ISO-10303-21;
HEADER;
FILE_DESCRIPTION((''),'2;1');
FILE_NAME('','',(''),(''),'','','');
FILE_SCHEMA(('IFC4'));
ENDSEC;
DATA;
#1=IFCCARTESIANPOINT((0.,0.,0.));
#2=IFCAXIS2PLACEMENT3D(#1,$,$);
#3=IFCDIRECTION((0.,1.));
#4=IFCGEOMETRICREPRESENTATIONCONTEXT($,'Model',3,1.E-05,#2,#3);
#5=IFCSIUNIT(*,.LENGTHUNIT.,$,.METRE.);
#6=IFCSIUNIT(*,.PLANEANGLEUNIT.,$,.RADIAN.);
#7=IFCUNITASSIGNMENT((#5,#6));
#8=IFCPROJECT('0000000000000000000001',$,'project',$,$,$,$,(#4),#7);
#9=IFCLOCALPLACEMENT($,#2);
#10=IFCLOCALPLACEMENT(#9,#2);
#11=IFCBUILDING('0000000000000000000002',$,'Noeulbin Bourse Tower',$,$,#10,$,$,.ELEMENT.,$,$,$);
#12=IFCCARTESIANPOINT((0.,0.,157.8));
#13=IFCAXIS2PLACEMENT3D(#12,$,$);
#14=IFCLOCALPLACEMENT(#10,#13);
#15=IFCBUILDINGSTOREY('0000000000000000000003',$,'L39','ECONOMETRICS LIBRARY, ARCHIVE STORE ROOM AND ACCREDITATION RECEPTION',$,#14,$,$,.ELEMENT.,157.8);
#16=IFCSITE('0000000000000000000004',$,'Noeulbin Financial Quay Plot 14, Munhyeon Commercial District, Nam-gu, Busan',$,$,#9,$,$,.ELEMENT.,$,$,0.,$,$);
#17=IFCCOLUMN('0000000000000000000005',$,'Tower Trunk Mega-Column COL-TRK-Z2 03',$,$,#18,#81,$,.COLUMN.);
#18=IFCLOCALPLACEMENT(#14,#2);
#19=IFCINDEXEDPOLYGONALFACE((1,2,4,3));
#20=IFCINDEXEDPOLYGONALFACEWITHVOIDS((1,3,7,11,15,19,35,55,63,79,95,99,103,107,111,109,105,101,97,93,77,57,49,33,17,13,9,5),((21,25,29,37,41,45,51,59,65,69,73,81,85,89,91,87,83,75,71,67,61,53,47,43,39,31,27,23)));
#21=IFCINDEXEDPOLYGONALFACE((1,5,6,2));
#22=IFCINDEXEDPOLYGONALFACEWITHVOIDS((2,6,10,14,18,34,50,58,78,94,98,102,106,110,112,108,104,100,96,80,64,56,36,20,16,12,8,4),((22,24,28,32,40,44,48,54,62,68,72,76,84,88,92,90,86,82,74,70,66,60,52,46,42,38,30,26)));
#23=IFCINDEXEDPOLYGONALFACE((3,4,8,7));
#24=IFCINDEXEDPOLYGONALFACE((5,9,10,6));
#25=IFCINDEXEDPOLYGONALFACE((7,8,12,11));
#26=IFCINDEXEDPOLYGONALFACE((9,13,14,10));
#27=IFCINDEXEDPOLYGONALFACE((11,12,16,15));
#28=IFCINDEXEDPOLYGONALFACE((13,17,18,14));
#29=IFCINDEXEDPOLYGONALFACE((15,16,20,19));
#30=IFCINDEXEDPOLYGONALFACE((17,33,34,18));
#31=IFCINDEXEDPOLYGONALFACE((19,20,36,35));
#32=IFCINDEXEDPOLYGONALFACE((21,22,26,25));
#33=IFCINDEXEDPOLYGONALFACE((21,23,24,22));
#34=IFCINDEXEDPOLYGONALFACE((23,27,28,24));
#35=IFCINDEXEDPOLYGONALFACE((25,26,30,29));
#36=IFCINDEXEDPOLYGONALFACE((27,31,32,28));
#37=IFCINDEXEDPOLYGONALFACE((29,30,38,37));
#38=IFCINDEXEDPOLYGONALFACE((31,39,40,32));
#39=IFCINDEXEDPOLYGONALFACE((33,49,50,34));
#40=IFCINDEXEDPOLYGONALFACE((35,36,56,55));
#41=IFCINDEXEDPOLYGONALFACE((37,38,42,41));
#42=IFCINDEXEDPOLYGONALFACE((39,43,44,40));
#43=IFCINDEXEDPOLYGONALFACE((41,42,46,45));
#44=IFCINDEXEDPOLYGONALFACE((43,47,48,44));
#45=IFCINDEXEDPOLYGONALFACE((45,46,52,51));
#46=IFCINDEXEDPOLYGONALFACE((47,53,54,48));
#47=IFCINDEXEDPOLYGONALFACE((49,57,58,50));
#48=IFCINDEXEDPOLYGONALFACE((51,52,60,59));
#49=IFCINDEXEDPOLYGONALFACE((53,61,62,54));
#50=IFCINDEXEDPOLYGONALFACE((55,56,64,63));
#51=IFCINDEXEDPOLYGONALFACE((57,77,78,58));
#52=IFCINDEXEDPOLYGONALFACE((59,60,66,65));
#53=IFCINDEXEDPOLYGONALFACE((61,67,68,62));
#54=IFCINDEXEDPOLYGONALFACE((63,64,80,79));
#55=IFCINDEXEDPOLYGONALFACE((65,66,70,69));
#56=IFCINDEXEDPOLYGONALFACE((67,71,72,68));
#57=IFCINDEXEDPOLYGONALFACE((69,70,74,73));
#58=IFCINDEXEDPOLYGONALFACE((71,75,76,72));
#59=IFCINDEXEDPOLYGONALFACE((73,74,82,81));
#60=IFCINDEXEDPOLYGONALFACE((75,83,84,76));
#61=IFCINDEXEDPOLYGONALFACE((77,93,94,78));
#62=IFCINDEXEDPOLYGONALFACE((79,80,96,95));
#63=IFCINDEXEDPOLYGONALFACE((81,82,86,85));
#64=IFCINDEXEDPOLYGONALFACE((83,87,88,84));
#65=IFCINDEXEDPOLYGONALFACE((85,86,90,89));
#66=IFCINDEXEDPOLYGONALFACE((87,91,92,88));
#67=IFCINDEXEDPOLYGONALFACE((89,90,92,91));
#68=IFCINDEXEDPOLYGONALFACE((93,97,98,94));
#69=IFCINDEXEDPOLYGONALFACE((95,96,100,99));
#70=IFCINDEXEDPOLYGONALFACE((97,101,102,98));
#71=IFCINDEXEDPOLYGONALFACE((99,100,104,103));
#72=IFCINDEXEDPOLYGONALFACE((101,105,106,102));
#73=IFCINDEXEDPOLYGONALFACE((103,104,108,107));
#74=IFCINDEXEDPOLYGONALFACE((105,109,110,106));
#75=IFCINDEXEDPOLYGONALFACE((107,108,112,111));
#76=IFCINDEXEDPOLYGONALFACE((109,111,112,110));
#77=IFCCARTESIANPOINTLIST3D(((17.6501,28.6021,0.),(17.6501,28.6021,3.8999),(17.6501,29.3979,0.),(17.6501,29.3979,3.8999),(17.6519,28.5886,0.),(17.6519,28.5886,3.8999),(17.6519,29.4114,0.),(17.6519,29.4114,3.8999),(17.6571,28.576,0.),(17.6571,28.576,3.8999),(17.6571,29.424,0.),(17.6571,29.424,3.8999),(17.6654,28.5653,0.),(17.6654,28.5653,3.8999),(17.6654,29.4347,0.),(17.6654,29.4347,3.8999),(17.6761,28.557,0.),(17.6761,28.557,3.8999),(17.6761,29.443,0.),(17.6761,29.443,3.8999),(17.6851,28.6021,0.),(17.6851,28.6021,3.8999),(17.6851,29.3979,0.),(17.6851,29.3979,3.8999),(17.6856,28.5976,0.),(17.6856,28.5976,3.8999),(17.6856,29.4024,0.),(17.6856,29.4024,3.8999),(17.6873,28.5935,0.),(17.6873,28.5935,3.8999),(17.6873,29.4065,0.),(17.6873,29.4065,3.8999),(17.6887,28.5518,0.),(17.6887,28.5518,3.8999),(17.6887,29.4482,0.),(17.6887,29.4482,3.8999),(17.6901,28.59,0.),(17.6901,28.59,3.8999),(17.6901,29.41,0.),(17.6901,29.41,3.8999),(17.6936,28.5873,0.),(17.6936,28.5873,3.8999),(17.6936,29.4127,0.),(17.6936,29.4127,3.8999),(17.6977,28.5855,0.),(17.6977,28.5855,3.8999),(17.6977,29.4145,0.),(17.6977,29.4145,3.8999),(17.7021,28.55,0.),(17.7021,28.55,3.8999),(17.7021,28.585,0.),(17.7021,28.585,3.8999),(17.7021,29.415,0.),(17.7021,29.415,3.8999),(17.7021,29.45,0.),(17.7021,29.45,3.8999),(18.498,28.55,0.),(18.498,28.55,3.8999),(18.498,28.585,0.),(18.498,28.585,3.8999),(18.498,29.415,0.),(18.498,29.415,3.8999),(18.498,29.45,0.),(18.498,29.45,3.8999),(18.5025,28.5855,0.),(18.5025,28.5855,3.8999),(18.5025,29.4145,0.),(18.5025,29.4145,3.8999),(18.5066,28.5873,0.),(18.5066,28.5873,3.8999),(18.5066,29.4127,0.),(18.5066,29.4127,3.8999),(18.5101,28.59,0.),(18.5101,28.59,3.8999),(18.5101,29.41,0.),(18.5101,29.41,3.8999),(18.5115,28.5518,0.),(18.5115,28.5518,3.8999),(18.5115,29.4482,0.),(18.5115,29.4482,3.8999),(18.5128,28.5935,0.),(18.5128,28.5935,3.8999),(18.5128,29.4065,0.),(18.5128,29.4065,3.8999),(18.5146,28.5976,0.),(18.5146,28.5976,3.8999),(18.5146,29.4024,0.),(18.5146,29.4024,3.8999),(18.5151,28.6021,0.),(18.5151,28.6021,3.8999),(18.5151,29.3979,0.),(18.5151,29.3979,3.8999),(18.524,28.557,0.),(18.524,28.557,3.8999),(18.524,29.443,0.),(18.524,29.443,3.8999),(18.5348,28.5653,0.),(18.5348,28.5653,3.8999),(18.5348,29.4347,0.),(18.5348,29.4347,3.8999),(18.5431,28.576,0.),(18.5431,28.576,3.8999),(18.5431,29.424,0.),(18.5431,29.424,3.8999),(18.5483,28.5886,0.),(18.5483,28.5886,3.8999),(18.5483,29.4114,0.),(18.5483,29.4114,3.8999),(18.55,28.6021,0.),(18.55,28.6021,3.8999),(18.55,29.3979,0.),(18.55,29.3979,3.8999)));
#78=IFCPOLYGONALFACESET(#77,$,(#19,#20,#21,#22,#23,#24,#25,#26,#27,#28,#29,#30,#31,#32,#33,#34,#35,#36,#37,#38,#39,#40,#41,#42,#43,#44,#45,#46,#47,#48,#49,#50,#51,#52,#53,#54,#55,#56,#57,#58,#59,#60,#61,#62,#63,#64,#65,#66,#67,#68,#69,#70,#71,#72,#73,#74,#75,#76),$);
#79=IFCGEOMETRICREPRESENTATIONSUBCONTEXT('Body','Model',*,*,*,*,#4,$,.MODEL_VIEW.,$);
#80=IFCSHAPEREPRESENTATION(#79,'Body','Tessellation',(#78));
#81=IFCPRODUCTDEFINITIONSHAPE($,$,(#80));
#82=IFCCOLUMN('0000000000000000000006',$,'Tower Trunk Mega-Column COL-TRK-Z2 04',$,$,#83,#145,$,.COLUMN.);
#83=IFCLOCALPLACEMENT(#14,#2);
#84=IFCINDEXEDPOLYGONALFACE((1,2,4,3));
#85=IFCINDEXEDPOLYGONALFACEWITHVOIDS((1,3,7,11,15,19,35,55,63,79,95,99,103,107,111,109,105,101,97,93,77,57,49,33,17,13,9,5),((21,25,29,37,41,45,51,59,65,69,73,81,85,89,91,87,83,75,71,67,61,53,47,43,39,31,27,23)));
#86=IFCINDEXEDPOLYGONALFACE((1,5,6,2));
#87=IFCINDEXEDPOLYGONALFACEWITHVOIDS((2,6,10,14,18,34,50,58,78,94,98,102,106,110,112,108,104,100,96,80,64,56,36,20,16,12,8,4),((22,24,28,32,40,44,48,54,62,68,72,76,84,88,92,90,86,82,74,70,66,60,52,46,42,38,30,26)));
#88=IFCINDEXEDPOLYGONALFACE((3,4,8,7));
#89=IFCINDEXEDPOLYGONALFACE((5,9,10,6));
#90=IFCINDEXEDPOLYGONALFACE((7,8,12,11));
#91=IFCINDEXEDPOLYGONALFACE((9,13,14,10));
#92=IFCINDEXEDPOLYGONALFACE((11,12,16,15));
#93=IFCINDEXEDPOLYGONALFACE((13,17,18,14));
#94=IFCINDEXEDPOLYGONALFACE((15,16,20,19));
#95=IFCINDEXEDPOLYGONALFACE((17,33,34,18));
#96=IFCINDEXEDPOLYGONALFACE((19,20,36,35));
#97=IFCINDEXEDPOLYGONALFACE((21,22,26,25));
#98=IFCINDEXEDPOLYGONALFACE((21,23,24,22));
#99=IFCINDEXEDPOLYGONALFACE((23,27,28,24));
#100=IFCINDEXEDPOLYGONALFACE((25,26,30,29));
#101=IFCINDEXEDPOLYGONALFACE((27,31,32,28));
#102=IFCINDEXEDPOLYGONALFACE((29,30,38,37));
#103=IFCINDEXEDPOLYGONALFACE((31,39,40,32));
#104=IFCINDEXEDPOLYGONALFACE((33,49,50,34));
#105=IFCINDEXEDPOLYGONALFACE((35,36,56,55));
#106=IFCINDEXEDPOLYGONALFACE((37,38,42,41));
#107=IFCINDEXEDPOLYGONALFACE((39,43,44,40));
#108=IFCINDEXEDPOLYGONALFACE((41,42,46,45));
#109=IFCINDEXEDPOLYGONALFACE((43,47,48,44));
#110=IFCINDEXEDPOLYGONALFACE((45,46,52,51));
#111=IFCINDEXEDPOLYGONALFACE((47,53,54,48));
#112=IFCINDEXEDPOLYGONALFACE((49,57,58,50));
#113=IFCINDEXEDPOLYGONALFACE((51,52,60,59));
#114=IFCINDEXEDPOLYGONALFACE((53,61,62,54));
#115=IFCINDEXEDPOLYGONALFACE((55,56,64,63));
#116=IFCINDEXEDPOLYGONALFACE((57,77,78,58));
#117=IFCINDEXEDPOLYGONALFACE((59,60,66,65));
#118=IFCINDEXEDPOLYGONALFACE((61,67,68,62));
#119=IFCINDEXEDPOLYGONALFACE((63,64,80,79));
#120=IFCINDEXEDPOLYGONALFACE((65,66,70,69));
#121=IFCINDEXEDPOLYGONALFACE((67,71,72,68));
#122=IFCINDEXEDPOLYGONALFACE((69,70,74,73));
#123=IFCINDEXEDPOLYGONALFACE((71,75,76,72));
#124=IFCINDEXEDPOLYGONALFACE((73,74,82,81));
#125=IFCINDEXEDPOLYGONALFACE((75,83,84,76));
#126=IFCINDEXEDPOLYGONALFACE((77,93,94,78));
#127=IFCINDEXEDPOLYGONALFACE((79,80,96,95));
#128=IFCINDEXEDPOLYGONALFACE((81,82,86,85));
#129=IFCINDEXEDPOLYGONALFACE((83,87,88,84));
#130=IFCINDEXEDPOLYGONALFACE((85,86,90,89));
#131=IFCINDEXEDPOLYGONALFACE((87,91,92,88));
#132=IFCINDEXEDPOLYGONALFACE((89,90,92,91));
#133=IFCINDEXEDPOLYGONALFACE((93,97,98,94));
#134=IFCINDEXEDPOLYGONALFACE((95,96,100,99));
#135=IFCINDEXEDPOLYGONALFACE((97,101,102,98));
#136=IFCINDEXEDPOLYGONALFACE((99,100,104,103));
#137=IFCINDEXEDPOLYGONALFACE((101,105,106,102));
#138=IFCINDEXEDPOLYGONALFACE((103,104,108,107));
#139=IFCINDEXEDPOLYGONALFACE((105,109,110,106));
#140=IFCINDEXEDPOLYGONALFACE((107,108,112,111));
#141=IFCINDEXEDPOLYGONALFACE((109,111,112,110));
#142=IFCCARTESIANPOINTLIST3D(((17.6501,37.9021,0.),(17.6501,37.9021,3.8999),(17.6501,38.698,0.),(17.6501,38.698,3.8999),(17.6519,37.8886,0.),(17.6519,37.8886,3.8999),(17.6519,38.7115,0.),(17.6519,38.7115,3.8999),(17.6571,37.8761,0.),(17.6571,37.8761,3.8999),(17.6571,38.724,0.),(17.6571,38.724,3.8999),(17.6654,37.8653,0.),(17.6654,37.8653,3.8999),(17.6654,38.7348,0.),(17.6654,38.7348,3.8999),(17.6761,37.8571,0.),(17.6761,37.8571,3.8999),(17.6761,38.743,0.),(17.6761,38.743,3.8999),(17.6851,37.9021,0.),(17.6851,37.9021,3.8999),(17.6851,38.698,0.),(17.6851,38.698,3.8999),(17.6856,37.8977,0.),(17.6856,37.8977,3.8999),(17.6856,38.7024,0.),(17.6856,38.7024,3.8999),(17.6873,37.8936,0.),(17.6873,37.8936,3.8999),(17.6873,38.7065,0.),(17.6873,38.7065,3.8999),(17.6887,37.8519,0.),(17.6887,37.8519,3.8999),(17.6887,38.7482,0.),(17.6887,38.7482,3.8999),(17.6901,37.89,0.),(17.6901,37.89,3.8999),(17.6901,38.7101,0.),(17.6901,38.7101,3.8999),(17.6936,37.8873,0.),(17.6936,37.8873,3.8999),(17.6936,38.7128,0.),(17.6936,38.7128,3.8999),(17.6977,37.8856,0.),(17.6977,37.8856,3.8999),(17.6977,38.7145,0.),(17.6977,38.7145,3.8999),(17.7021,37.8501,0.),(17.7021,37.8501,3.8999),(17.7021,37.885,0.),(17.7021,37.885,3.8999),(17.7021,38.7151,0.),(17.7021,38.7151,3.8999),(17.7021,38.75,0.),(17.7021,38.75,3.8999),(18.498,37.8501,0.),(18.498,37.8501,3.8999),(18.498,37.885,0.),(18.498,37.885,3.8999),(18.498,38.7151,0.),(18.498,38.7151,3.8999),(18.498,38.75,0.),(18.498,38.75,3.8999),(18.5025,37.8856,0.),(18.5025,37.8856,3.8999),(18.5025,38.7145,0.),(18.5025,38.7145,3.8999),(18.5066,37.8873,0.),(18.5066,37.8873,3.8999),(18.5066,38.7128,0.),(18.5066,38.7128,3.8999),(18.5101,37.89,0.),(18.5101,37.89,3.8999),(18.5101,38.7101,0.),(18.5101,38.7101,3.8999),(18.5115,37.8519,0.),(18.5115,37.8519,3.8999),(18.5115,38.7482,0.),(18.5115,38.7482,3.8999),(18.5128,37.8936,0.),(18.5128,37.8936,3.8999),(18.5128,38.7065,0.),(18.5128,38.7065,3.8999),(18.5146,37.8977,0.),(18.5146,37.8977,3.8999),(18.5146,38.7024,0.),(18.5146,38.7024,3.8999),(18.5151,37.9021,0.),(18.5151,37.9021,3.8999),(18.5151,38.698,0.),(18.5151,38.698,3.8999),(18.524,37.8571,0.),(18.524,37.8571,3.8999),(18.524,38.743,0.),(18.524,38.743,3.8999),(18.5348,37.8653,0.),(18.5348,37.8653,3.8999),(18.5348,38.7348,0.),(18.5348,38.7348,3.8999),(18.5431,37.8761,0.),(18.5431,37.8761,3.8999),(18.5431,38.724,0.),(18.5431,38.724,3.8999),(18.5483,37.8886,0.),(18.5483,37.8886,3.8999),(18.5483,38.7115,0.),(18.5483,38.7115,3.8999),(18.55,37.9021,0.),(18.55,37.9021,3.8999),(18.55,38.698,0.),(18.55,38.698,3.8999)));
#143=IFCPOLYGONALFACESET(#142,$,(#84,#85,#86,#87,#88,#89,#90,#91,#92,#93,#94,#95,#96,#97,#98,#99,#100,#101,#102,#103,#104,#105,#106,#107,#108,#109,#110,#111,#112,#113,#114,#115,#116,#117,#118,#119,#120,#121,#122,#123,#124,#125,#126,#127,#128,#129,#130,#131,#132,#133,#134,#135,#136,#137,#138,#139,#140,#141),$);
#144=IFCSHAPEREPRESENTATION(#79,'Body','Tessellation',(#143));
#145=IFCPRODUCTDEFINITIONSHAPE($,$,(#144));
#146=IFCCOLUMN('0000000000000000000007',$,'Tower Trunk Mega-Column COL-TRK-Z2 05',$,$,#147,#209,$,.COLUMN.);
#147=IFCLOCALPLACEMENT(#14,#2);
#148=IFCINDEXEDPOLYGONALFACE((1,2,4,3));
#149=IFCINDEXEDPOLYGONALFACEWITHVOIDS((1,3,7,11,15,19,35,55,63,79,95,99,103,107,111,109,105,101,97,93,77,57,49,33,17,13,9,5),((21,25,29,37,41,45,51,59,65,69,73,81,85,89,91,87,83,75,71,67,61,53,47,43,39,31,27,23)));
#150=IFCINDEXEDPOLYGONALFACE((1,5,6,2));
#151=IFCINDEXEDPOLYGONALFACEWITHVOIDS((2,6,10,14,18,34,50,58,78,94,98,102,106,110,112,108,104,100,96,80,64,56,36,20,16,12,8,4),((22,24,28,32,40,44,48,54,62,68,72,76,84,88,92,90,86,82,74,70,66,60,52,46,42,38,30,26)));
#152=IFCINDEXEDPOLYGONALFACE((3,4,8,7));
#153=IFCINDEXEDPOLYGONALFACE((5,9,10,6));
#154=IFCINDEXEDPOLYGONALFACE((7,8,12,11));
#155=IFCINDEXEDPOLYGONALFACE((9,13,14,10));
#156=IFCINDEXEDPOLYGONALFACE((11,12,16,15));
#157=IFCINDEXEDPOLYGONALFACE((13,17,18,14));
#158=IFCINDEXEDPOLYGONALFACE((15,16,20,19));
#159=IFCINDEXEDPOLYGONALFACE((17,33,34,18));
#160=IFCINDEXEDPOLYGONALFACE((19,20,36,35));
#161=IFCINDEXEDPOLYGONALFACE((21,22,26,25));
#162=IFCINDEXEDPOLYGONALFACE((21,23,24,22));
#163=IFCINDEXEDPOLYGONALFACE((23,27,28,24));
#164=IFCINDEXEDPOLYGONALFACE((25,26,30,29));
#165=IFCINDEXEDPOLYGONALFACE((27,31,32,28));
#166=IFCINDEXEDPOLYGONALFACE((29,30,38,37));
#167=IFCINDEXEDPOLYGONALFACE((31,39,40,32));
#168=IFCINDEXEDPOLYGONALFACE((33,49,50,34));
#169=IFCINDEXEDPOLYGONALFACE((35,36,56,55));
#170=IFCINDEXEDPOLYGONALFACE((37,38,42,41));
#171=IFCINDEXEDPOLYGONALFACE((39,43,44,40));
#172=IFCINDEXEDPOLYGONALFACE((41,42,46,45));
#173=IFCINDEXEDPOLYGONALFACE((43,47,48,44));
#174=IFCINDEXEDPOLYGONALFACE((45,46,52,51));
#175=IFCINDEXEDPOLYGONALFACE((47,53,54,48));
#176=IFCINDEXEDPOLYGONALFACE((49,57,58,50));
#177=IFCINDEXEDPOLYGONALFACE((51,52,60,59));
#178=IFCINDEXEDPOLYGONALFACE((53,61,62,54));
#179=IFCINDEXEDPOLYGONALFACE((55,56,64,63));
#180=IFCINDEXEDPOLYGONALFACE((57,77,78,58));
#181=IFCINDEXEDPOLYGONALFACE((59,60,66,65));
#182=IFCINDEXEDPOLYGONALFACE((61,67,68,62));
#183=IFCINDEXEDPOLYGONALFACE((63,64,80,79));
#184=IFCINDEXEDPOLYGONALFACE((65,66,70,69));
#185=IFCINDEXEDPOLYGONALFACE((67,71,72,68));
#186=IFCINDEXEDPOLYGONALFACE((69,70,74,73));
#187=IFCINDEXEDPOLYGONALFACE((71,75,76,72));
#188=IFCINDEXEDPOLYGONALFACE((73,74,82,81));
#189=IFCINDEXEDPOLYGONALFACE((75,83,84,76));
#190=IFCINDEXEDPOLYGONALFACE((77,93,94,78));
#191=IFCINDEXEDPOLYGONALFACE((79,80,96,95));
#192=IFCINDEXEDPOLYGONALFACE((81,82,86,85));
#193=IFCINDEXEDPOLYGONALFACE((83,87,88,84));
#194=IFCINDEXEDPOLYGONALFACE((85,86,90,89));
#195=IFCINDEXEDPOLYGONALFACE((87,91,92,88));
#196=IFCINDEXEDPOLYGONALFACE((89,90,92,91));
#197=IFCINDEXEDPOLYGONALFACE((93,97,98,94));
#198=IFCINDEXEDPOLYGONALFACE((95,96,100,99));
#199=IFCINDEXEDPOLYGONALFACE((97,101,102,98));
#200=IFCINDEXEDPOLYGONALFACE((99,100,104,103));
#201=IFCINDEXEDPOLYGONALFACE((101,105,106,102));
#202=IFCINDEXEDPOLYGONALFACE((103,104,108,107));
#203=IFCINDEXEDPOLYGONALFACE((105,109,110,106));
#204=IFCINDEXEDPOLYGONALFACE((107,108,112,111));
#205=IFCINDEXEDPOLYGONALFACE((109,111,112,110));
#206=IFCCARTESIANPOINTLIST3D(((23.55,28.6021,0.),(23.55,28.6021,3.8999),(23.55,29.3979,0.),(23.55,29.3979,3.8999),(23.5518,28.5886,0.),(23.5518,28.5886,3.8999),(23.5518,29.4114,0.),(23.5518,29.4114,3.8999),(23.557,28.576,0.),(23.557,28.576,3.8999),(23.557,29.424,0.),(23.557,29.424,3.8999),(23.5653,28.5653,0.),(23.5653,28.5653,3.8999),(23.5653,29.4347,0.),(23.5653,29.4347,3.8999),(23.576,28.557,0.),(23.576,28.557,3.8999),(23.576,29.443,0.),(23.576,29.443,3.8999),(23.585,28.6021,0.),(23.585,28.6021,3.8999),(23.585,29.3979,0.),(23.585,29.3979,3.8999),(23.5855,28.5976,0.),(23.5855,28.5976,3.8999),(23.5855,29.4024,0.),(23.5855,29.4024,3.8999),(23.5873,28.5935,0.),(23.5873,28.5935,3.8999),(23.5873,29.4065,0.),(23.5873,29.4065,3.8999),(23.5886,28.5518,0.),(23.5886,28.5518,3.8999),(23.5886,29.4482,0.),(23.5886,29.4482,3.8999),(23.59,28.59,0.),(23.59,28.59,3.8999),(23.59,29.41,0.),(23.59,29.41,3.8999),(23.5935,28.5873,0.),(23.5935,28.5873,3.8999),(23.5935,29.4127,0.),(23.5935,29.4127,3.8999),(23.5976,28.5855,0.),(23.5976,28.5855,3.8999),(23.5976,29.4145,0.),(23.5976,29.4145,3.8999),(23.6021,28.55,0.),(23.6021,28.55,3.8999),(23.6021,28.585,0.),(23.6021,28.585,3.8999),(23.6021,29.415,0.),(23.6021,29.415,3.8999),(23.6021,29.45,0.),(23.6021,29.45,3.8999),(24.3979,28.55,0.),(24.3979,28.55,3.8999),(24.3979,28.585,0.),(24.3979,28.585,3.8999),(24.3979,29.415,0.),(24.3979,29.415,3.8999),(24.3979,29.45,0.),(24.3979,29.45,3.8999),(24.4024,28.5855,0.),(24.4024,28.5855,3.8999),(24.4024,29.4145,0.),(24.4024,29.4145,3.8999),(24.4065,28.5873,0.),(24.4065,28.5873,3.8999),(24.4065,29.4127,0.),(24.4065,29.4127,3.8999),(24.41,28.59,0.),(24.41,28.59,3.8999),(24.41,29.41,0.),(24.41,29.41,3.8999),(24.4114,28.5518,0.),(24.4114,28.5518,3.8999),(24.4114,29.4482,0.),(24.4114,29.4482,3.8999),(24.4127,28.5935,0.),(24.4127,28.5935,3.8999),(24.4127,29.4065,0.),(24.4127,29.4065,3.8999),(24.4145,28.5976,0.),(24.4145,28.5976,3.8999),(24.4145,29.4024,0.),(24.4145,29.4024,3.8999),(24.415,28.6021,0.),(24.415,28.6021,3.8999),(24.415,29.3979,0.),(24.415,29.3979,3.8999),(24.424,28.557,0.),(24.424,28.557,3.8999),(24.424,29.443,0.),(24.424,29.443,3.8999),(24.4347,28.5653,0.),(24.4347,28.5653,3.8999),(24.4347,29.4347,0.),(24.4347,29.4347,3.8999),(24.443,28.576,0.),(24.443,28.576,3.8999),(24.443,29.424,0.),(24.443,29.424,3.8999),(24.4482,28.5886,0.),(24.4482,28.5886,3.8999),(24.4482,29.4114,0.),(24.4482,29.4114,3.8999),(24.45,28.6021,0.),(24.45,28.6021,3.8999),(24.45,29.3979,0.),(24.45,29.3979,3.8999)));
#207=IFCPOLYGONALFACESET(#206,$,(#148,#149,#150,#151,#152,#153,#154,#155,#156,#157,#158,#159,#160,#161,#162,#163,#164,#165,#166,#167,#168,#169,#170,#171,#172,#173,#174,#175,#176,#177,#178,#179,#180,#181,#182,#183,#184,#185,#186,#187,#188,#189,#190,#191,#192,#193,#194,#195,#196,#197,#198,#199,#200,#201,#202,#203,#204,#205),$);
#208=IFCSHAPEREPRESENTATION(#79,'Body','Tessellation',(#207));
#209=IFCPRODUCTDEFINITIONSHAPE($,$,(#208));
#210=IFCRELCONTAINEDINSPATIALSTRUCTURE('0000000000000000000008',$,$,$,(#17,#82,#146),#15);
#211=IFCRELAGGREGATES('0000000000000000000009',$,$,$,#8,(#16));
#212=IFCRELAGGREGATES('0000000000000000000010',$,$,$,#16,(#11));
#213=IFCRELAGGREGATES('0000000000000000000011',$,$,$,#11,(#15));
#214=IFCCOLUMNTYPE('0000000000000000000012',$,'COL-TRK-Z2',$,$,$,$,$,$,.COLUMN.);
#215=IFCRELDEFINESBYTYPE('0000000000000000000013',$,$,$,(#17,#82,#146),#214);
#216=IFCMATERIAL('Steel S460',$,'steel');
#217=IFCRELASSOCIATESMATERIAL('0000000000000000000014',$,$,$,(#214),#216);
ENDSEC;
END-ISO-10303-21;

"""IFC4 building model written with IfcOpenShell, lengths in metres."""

from ifc_helpers import new_model, si_unit, direction, frame, origin, origin_2d, place, context, subcontext, project, spatial, hollow_rectangle, extrude, material, material_profile, profile_set, type_object, element, save


model = new_model("IFC4")

# Units and contexts
model_context = context("Model", 3, precision=1e-05, world=origin(), true_north=direction((0.0, 1.0)))
body_context = subcontext(model_context, "Body", "Model", "MODEL_VIEW")
ifc_project = project(units=[si_unit("LENGTHUNIT", "METRE"), si_unit("PLANEANGLEUNIT", "RADIAN")], contexts=[model_context])

# Site, building, storey
site_placement = place(None, origin())
site = spatial("IfcSite", under=ifc_project, at=site_placement, Name="Noeulbin Financial Quay Plot 14, Munhyeon Commercial District, Nam-gu, Busan", CompositionType="ELEMENT", RefElevation=0.0)
building_placement = place(site_placement, origin())
building = spatial("IfcBuilding", under=site, at=building_placement, Name="Noeulbin Bourse Tower", CompositionType="ELEMENT")
storey_placement = place(building_placement, frame((0.0, 0.0, 157.8)))
storey = spatial("IfcBuildingStorey", under=building, at=storey_placement, Name="L39", Description="ECONOMETRICS LIBRARY, ARCHIVE STORE ROOM AND ACCREDITATION RECEPTION", CompositionType="ELEMENT", Elevation=157.8)

# Columns
ifc_material_1 = material(Name="Steel S460", Category="steel")
ifc_material_profile = material_profile(ifc_material_1, hollow_rectangle(XDim=0.8999, YDim=0.8999, WallThickness=0.0349, InnerFilletRadius=0.0171, OuterFilletRadius=0.052, at=origin_2d()), Name="BOX-900x900x35", Category="LoadBearing")
ifc_profile_set = profile_set([ifc_material_profile], Name="Steel S460")
column_type = type_object("IfcColumnType", Name="COL-TRK-Z2", PredefinedType="COLUMN", material=ifc_profile_set)
for number, where, z_axis, x_axis, name in (
    (1, (18.1001, 29.0, 0.0), (0.0, 0.0, 1.0), (1.0, 0.0, 0.0), "Tower Trunk Mega-Column COL-TRK-Z2 03"),
    (2, (18.1001, 38.3, 0.0), (0.0, 0.0, 1.0), (1.0, 0.0, 0.0), "Tower Trunk Mega-Column COL-TRK-Z2 04"),
    (3, (24.0, 29.0, 0.0), (0.0, 0.0, 1.0), (1.0, 0.0, 0.0), "Tower Trunk Mega-Column COL-TRK-Z2 05"),
):
    element("IfcColumn", number, at=place(storey_placement, frame(where, z_axis=z_axis, x_axis=x_axis)), inside=storey, type_object=column_type, Name=name, PredefinedType="COLUMN", context=body_context, shape_type="SweptSolid", body=[
        extrude(hollow_rectangle(XDim=0.8999, YDim=0.8999, WallThickness=0.0349, InnerFilletRadius=0.0171, OuterFilletRadius=0.052, at=origin_2d()), origin(), (0.0, 0.0, 1.0), 3.8999),
    ])

save(model, "model.ifc")
